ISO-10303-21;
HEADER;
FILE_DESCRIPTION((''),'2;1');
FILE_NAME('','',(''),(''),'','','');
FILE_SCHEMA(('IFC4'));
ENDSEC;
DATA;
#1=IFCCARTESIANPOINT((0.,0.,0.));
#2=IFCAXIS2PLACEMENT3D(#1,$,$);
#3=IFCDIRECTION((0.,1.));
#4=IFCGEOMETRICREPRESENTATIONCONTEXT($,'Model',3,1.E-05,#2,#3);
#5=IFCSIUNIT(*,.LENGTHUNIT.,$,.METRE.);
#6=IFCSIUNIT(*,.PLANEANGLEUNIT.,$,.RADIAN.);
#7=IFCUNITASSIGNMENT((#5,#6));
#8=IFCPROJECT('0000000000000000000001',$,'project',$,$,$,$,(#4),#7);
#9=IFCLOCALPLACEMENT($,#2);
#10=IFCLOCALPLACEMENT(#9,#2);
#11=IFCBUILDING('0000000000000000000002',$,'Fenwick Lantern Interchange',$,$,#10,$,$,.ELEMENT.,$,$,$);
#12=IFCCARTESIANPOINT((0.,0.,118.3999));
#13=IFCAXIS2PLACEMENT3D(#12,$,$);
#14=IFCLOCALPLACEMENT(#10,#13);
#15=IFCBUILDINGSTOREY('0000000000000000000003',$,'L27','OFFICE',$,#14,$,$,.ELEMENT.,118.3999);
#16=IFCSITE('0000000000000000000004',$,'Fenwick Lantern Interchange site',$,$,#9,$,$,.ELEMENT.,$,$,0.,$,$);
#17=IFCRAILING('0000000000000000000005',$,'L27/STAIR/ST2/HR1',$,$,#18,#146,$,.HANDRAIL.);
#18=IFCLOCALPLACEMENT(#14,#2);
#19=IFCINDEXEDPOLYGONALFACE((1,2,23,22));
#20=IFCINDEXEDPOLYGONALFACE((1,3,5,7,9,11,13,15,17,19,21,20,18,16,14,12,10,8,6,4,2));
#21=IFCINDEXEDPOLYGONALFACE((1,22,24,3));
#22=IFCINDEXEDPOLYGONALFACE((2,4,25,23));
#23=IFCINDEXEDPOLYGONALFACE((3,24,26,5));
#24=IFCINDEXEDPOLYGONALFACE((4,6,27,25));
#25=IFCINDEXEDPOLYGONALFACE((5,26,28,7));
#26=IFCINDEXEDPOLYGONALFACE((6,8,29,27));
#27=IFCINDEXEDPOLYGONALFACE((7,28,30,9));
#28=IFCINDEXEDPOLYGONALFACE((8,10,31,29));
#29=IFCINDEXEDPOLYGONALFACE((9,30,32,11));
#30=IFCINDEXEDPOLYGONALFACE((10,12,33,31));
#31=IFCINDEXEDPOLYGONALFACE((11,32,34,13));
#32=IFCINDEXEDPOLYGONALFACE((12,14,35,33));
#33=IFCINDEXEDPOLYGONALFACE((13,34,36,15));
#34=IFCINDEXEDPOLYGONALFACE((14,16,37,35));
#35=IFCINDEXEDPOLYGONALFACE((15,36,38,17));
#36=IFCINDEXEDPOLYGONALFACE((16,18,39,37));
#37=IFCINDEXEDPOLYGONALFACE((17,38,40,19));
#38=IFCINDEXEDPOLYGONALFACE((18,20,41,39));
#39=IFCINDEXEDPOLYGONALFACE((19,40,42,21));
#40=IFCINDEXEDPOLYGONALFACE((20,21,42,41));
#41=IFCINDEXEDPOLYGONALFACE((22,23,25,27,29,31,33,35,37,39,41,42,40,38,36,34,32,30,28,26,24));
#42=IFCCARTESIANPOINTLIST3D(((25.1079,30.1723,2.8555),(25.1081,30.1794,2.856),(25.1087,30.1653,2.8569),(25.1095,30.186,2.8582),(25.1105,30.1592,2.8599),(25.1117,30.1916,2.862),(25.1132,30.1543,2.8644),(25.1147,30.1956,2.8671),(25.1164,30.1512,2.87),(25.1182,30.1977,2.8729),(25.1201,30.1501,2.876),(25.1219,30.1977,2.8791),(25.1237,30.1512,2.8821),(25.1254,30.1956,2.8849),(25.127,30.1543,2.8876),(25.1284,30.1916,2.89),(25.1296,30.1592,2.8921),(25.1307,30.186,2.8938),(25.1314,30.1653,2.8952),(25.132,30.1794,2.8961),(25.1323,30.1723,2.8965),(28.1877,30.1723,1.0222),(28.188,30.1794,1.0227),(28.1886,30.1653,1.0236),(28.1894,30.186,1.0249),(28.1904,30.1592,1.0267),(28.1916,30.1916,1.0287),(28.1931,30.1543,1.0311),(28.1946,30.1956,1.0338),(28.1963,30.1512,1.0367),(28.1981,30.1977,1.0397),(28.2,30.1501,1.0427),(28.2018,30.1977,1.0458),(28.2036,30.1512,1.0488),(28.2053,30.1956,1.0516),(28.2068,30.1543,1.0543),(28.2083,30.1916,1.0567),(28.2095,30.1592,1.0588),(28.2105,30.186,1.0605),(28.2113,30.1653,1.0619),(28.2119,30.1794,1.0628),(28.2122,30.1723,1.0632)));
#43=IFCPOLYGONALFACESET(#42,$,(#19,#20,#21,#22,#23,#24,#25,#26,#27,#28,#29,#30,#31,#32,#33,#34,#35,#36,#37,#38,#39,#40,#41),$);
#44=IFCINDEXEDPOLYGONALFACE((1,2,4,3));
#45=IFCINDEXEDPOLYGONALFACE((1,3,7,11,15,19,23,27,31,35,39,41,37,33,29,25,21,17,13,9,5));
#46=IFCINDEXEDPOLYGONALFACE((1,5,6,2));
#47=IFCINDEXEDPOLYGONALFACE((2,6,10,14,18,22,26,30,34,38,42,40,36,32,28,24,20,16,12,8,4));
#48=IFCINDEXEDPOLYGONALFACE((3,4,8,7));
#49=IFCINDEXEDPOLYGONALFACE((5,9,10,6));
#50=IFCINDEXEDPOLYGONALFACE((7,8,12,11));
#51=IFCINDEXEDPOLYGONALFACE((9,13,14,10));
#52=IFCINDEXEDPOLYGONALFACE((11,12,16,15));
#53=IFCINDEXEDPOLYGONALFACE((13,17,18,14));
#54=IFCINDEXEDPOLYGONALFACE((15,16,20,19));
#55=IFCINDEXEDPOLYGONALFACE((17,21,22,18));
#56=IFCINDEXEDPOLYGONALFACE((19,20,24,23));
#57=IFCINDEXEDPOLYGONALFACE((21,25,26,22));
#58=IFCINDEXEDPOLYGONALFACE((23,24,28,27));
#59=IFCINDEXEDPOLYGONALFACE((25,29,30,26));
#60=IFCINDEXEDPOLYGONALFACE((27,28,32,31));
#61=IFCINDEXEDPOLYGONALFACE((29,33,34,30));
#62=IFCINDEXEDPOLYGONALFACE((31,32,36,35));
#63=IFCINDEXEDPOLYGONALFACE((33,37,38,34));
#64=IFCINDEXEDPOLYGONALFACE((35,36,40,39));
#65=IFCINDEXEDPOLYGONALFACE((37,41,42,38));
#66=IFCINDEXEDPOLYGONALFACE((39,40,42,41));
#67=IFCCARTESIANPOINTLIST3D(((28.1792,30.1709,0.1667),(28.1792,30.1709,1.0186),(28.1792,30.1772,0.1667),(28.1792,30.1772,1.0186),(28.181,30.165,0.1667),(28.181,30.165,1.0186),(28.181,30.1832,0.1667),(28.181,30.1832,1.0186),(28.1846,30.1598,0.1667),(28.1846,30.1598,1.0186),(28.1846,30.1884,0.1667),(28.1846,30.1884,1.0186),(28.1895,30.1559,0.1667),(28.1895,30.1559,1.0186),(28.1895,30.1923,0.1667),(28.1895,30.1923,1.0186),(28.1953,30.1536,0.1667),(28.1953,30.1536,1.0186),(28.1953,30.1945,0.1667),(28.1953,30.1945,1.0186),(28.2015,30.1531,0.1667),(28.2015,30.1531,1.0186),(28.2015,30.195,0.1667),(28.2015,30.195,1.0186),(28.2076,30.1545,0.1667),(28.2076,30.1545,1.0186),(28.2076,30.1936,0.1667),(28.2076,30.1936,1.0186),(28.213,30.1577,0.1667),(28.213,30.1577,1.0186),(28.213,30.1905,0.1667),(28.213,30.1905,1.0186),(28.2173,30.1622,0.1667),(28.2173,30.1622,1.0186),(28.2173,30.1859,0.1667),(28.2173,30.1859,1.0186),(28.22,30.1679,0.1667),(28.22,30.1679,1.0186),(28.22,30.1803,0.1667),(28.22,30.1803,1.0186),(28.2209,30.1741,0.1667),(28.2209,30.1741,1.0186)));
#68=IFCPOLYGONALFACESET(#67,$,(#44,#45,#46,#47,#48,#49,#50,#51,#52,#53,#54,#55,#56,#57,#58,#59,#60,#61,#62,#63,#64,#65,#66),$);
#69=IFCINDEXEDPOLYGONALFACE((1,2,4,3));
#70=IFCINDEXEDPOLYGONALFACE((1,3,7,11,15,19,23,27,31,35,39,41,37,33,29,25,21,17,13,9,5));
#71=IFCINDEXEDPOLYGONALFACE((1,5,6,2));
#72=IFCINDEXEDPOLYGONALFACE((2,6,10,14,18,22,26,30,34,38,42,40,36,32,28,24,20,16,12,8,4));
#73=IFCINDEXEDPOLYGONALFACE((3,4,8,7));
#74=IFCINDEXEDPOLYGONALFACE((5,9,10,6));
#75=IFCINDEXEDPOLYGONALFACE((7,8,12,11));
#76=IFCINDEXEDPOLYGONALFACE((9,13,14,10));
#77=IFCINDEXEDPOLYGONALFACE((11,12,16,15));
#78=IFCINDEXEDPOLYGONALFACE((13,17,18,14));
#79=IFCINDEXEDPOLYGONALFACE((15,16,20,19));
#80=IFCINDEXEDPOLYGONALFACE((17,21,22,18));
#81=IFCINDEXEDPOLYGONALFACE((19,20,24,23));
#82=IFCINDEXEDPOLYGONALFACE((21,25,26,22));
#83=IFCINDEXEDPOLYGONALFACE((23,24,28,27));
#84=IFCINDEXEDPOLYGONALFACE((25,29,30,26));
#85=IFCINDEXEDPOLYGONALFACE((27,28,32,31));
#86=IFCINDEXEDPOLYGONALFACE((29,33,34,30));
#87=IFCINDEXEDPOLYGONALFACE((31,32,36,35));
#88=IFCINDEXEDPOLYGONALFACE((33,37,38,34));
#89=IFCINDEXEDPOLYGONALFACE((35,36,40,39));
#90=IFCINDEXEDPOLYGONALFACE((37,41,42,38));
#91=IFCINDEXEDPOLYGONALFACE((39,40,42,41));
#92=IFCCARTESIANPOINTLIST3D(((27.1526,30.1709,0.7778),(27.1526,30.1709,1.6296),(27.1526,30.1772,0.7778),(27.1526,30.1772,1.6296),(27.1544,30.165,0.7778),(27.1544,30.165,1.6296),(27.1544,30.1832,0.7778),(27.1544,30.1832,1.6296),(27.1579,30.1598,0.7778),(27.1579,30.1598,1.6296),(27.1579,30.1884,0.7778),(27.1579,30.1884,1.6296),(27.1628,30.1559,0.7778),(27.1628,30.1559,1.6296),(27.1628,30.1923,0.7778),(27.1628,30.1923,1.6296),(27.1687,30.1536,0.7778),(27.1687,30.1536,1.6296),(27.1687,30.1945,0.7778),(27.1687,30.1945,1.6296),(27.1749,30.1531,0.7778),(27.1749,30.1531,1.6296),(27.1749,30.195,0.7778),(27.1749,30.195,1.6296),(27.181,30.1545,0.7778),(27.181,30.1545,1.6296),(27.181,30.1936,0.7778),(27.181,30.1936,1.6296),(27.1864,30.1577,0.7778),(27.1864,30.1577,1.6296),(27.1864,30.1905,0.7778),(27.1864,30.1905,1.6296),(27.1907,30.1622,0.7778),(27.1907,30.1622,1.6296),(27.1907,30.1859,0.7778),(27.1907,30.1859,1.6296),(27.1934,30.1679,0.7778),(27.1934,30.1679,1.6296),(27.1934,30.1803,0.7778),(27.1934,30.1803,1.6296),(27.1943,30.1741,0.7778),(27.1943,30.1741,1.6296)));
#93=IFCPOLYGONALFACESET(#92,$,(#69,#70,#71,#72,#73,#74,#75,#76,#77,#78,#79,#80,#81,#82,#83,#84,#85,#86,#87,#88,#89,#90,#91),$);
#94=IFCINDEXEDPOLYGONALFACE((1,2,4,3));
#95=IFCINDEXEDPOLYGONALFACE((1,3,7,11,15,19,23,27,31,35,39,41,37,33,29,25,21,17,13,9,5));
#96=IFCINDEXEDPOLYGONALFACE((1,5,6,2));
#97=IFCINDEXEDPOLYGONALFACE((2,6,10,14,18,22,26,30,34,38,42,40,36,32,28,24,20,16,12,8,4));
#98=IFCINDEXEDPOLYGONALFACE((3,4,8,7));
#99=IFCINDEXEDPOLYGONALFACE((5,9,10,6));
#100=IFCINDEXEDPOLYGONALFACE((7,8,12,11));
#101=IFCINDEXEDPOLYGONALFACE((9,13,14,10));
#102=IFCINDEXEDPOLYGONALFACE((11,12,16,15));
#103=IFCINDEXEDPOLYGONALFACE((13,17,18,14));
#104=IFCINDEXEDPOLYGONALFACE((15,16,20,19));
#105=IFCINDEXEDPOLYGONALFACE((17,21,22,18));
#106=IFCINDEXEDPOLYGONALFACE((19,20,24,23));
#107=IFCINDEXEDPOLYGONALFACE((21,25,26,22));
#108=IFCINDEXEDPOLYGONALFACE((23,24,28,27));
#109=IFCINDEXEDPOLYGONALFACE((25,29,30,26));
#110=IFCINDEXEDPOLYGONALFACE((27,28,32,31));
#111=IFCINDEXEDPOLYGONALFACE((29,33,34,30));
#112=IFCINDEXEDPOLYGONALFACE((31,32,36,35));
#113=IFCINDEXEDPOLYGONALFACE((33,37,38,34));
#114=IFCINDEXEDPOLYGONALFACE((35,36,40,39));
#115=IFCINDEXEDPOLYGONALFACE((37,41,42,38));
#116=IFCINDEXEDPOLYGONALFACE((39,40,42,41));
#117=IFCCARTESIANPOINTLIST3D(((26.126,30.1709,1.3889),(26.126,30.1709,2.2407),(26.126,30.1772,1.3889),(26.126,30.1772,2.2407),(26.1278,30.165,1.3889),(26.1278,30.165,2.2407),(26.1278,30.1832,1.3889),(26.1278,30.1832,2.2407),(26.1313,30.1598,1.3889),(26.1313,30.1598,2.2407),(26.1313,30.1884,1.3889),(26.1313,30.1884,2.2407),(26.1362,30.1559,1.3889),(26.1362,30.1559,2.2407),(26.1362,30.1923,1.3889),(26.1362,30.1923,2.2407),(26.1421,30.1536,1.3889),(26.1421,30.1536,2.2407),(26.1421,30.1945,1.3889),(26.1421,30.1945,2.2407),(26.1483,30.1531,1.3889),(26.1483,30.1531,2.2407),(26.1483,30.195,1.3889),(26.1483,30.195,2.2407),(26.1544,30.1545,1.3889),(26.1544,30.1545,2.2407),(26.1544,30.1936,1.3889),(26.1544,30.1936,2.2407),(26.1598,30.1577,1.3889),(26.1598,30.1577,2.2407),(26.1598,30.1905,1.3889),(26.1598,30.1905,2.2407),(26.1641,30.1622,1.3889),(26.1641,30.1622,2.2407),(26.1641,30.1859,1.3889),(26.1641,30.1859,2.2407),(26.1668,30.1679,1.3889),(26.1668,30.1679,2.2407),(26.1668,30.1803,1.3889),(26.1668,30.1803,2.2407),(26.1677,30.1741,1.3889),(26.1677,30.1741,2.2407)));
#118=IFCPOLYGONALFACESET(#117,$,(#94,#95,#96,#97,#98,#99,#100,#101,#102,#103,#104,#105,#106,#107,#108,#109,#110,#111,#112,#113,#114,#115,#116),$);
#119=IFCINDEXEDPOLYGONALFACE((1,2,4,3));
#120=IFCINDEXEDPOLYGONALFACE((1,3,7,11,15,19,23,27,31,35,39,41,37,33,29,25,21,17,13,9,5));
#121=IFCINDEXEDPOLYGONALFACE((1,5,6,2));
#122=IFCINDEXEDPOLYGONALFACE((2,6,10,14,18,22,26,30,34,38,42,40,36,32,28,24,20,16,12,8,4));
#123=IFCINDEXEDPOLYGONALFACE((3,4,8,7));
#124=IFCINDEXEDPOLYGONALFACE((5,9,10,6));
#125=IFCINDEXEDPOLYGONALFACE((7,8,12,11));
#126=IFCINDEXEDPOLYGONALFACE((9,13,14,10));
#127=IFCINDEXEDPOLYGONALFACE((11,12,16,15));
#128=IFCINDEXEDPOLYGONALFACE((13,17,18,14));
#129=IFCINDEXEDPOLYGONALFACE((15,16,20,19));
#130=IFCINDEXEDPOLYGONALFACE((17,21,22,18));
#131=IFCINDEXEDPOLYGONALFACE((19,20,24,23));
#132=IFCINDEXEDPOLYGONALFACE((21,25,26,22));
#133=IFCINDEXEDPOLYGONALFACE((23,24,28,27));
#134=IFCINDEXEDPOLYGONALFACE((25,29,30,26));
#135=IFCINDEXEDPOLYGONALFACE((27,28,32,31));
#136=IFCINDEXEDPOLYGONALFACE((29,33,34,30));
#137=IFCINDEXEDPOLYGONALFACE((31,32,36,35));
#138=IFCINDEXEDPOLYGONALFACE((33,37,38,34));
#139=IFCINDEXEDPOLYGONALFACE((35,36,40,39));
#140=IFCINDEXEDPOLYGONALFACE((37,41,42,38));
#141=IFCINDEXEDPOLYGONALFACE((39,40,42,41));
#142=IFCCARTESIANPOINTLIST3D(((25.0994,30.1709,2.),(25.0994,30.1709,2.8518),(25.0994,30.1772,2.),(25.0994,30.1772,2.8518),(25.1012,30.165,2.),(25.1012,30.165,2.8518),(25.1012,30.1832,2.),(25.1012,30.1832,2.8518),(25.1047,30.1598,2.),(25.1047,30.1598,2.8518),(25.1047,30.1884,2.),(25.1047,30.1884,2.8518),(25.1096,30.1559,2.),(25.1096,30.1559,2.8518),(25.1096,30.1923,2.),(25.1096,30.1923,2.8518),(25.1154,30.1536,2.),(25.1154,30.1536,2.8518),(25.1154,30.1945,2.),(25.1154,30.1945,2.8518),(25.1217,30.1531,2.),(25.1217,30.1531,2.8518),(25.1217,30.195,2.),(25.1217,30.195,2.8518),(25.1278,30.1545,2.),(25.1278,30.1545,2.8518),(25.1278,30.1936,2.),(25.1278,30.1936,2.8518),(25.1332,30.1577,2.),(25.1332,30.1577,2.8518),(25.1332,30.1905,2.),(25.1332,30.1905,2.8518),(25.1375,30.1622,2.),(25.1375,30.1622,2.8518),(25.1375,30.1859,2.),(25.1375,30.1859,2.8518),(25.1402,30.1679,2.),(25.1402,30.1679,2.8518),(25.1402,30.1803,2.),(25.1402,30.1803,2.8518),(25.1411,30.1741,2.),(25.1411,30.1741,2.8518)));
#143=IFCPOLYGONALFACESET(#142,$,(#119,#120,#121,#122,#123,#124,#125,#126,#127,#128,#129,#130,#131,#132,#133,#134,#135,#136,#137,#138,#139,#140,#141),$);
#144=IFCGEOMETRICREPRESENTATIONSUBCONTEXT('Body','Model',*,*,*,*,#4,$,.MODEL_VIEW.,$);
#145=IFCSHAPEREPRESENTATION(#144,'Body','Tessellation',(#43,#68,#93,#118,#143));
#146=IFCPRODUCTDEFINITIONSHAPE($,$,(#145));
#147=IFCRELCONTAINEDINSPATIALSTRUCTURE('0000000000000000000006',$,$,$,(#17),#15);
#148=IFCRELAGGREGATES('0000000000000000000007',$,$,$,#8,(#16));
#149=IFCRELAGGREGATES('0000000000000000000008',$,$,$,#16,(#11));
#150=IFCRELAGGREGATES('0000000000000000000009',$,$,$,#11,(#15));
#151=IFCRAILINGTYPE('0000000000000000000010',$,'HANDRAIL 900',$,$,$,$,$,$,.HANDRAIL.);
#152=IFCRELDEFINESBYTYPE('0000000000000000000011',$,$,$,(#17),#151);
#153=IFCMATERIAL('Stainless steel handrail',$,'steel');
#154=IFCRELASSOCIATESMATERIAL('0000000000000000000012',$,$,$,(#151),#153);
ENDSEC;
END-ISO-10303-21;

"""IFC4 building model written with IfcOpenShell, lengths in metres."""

from ifc_helpers import new_model, si_unit, direction, frame, origin, origin_2d, place, context, subcontext, project, spatial, circle, extrude, material, type_object, element, save


model = new_model("IFC4")

# Units and contexts
model_context = context("Model", 3, precision=1e-05, world=origin(), true_north=direction((0.0, 1.0)))
body_context = subcontext(model_context, "Body", "Model", "MODEL_VIEW")
ifc_project = project(units=[si_unit("LENGTHUNIT", "METRE"), si_unit("PLANEANGLEUNIT", "RADIAN")], contexts=[model_context])

# Site, building, storey
site_placement = place(None, origin())
site = spatial("IfcSite", under=ifc_project, at=site_placement, Name="Fenwick Lantern Interchange site", CompositionType="ELEMENT", RefElevation=0.0)
building_placement = place(site_placement, origin())
building = spatial("IfcBuilding", under=site, at=building_placement, Name="Fenwick Lantern Interchange", CompositionType="ELEMENT")
storey_placement = place(building_placement, frame((0.0, 0.0, 118.3999)))
storey = spatial("IfcBuildingStorey", under=building, at=storey_placement, Name="L27", Description="OFFICE", CompositionType="ELEMENT", Elevation=118.3999)

# Railing
ifc_material_1 = material(Name="Stainless steel handrail", Category="steel")
railing_type = type_object("IfcRailingType", Name="HANDRAIL 900", PredefinedType="HANDRAIL", material=ifc_material_1)
railing_1_placement = place(storey_placement, frame((28.2, 30.1741, 0.1667)))
element("IfcRailing", 1, at=railing_1_placement, inside=storey, type_object=railing_type, Name="L27/STAIR/ST2/HR1", PredefinedType="HANDRAIL", context=body_context, shape_type="SweptSolid", body=[
    extrude(circle(Radius=0.0239, at=origin_2d()), frame((0.0, 0.0, 0.876), z_axis=(-0.859291, 0.0, 0.511487), x_axis=(0.0, -1.0, 0.0)), (0.0, 0.0, 1.0), 3.5842),
    extrude(circle(Radius=0.021, at=origin_2d()), origin(), (0.0, 0.0, 1.0), 0.8518),
    extrude(circle(Radius=0.021, at=origin_2d()), frame((-1.0266, 0.0, 0.6111)), (0.0, 0.0, 1.0), 0.8518),
    extrude(circle(Radius=0.021, at=origin_2d()), frame((-2.0532, 0.0, 1.2222)), (0.0, 0.0, 1.0), 0.8518),
    extrude(circle(Radius=0.021, at=origin_2d()), frame((-3.0798, 0.0, 1.8333)), (0.0, 0.0, 1.0), 0.8518),
])

save(model, "model.ifc")
